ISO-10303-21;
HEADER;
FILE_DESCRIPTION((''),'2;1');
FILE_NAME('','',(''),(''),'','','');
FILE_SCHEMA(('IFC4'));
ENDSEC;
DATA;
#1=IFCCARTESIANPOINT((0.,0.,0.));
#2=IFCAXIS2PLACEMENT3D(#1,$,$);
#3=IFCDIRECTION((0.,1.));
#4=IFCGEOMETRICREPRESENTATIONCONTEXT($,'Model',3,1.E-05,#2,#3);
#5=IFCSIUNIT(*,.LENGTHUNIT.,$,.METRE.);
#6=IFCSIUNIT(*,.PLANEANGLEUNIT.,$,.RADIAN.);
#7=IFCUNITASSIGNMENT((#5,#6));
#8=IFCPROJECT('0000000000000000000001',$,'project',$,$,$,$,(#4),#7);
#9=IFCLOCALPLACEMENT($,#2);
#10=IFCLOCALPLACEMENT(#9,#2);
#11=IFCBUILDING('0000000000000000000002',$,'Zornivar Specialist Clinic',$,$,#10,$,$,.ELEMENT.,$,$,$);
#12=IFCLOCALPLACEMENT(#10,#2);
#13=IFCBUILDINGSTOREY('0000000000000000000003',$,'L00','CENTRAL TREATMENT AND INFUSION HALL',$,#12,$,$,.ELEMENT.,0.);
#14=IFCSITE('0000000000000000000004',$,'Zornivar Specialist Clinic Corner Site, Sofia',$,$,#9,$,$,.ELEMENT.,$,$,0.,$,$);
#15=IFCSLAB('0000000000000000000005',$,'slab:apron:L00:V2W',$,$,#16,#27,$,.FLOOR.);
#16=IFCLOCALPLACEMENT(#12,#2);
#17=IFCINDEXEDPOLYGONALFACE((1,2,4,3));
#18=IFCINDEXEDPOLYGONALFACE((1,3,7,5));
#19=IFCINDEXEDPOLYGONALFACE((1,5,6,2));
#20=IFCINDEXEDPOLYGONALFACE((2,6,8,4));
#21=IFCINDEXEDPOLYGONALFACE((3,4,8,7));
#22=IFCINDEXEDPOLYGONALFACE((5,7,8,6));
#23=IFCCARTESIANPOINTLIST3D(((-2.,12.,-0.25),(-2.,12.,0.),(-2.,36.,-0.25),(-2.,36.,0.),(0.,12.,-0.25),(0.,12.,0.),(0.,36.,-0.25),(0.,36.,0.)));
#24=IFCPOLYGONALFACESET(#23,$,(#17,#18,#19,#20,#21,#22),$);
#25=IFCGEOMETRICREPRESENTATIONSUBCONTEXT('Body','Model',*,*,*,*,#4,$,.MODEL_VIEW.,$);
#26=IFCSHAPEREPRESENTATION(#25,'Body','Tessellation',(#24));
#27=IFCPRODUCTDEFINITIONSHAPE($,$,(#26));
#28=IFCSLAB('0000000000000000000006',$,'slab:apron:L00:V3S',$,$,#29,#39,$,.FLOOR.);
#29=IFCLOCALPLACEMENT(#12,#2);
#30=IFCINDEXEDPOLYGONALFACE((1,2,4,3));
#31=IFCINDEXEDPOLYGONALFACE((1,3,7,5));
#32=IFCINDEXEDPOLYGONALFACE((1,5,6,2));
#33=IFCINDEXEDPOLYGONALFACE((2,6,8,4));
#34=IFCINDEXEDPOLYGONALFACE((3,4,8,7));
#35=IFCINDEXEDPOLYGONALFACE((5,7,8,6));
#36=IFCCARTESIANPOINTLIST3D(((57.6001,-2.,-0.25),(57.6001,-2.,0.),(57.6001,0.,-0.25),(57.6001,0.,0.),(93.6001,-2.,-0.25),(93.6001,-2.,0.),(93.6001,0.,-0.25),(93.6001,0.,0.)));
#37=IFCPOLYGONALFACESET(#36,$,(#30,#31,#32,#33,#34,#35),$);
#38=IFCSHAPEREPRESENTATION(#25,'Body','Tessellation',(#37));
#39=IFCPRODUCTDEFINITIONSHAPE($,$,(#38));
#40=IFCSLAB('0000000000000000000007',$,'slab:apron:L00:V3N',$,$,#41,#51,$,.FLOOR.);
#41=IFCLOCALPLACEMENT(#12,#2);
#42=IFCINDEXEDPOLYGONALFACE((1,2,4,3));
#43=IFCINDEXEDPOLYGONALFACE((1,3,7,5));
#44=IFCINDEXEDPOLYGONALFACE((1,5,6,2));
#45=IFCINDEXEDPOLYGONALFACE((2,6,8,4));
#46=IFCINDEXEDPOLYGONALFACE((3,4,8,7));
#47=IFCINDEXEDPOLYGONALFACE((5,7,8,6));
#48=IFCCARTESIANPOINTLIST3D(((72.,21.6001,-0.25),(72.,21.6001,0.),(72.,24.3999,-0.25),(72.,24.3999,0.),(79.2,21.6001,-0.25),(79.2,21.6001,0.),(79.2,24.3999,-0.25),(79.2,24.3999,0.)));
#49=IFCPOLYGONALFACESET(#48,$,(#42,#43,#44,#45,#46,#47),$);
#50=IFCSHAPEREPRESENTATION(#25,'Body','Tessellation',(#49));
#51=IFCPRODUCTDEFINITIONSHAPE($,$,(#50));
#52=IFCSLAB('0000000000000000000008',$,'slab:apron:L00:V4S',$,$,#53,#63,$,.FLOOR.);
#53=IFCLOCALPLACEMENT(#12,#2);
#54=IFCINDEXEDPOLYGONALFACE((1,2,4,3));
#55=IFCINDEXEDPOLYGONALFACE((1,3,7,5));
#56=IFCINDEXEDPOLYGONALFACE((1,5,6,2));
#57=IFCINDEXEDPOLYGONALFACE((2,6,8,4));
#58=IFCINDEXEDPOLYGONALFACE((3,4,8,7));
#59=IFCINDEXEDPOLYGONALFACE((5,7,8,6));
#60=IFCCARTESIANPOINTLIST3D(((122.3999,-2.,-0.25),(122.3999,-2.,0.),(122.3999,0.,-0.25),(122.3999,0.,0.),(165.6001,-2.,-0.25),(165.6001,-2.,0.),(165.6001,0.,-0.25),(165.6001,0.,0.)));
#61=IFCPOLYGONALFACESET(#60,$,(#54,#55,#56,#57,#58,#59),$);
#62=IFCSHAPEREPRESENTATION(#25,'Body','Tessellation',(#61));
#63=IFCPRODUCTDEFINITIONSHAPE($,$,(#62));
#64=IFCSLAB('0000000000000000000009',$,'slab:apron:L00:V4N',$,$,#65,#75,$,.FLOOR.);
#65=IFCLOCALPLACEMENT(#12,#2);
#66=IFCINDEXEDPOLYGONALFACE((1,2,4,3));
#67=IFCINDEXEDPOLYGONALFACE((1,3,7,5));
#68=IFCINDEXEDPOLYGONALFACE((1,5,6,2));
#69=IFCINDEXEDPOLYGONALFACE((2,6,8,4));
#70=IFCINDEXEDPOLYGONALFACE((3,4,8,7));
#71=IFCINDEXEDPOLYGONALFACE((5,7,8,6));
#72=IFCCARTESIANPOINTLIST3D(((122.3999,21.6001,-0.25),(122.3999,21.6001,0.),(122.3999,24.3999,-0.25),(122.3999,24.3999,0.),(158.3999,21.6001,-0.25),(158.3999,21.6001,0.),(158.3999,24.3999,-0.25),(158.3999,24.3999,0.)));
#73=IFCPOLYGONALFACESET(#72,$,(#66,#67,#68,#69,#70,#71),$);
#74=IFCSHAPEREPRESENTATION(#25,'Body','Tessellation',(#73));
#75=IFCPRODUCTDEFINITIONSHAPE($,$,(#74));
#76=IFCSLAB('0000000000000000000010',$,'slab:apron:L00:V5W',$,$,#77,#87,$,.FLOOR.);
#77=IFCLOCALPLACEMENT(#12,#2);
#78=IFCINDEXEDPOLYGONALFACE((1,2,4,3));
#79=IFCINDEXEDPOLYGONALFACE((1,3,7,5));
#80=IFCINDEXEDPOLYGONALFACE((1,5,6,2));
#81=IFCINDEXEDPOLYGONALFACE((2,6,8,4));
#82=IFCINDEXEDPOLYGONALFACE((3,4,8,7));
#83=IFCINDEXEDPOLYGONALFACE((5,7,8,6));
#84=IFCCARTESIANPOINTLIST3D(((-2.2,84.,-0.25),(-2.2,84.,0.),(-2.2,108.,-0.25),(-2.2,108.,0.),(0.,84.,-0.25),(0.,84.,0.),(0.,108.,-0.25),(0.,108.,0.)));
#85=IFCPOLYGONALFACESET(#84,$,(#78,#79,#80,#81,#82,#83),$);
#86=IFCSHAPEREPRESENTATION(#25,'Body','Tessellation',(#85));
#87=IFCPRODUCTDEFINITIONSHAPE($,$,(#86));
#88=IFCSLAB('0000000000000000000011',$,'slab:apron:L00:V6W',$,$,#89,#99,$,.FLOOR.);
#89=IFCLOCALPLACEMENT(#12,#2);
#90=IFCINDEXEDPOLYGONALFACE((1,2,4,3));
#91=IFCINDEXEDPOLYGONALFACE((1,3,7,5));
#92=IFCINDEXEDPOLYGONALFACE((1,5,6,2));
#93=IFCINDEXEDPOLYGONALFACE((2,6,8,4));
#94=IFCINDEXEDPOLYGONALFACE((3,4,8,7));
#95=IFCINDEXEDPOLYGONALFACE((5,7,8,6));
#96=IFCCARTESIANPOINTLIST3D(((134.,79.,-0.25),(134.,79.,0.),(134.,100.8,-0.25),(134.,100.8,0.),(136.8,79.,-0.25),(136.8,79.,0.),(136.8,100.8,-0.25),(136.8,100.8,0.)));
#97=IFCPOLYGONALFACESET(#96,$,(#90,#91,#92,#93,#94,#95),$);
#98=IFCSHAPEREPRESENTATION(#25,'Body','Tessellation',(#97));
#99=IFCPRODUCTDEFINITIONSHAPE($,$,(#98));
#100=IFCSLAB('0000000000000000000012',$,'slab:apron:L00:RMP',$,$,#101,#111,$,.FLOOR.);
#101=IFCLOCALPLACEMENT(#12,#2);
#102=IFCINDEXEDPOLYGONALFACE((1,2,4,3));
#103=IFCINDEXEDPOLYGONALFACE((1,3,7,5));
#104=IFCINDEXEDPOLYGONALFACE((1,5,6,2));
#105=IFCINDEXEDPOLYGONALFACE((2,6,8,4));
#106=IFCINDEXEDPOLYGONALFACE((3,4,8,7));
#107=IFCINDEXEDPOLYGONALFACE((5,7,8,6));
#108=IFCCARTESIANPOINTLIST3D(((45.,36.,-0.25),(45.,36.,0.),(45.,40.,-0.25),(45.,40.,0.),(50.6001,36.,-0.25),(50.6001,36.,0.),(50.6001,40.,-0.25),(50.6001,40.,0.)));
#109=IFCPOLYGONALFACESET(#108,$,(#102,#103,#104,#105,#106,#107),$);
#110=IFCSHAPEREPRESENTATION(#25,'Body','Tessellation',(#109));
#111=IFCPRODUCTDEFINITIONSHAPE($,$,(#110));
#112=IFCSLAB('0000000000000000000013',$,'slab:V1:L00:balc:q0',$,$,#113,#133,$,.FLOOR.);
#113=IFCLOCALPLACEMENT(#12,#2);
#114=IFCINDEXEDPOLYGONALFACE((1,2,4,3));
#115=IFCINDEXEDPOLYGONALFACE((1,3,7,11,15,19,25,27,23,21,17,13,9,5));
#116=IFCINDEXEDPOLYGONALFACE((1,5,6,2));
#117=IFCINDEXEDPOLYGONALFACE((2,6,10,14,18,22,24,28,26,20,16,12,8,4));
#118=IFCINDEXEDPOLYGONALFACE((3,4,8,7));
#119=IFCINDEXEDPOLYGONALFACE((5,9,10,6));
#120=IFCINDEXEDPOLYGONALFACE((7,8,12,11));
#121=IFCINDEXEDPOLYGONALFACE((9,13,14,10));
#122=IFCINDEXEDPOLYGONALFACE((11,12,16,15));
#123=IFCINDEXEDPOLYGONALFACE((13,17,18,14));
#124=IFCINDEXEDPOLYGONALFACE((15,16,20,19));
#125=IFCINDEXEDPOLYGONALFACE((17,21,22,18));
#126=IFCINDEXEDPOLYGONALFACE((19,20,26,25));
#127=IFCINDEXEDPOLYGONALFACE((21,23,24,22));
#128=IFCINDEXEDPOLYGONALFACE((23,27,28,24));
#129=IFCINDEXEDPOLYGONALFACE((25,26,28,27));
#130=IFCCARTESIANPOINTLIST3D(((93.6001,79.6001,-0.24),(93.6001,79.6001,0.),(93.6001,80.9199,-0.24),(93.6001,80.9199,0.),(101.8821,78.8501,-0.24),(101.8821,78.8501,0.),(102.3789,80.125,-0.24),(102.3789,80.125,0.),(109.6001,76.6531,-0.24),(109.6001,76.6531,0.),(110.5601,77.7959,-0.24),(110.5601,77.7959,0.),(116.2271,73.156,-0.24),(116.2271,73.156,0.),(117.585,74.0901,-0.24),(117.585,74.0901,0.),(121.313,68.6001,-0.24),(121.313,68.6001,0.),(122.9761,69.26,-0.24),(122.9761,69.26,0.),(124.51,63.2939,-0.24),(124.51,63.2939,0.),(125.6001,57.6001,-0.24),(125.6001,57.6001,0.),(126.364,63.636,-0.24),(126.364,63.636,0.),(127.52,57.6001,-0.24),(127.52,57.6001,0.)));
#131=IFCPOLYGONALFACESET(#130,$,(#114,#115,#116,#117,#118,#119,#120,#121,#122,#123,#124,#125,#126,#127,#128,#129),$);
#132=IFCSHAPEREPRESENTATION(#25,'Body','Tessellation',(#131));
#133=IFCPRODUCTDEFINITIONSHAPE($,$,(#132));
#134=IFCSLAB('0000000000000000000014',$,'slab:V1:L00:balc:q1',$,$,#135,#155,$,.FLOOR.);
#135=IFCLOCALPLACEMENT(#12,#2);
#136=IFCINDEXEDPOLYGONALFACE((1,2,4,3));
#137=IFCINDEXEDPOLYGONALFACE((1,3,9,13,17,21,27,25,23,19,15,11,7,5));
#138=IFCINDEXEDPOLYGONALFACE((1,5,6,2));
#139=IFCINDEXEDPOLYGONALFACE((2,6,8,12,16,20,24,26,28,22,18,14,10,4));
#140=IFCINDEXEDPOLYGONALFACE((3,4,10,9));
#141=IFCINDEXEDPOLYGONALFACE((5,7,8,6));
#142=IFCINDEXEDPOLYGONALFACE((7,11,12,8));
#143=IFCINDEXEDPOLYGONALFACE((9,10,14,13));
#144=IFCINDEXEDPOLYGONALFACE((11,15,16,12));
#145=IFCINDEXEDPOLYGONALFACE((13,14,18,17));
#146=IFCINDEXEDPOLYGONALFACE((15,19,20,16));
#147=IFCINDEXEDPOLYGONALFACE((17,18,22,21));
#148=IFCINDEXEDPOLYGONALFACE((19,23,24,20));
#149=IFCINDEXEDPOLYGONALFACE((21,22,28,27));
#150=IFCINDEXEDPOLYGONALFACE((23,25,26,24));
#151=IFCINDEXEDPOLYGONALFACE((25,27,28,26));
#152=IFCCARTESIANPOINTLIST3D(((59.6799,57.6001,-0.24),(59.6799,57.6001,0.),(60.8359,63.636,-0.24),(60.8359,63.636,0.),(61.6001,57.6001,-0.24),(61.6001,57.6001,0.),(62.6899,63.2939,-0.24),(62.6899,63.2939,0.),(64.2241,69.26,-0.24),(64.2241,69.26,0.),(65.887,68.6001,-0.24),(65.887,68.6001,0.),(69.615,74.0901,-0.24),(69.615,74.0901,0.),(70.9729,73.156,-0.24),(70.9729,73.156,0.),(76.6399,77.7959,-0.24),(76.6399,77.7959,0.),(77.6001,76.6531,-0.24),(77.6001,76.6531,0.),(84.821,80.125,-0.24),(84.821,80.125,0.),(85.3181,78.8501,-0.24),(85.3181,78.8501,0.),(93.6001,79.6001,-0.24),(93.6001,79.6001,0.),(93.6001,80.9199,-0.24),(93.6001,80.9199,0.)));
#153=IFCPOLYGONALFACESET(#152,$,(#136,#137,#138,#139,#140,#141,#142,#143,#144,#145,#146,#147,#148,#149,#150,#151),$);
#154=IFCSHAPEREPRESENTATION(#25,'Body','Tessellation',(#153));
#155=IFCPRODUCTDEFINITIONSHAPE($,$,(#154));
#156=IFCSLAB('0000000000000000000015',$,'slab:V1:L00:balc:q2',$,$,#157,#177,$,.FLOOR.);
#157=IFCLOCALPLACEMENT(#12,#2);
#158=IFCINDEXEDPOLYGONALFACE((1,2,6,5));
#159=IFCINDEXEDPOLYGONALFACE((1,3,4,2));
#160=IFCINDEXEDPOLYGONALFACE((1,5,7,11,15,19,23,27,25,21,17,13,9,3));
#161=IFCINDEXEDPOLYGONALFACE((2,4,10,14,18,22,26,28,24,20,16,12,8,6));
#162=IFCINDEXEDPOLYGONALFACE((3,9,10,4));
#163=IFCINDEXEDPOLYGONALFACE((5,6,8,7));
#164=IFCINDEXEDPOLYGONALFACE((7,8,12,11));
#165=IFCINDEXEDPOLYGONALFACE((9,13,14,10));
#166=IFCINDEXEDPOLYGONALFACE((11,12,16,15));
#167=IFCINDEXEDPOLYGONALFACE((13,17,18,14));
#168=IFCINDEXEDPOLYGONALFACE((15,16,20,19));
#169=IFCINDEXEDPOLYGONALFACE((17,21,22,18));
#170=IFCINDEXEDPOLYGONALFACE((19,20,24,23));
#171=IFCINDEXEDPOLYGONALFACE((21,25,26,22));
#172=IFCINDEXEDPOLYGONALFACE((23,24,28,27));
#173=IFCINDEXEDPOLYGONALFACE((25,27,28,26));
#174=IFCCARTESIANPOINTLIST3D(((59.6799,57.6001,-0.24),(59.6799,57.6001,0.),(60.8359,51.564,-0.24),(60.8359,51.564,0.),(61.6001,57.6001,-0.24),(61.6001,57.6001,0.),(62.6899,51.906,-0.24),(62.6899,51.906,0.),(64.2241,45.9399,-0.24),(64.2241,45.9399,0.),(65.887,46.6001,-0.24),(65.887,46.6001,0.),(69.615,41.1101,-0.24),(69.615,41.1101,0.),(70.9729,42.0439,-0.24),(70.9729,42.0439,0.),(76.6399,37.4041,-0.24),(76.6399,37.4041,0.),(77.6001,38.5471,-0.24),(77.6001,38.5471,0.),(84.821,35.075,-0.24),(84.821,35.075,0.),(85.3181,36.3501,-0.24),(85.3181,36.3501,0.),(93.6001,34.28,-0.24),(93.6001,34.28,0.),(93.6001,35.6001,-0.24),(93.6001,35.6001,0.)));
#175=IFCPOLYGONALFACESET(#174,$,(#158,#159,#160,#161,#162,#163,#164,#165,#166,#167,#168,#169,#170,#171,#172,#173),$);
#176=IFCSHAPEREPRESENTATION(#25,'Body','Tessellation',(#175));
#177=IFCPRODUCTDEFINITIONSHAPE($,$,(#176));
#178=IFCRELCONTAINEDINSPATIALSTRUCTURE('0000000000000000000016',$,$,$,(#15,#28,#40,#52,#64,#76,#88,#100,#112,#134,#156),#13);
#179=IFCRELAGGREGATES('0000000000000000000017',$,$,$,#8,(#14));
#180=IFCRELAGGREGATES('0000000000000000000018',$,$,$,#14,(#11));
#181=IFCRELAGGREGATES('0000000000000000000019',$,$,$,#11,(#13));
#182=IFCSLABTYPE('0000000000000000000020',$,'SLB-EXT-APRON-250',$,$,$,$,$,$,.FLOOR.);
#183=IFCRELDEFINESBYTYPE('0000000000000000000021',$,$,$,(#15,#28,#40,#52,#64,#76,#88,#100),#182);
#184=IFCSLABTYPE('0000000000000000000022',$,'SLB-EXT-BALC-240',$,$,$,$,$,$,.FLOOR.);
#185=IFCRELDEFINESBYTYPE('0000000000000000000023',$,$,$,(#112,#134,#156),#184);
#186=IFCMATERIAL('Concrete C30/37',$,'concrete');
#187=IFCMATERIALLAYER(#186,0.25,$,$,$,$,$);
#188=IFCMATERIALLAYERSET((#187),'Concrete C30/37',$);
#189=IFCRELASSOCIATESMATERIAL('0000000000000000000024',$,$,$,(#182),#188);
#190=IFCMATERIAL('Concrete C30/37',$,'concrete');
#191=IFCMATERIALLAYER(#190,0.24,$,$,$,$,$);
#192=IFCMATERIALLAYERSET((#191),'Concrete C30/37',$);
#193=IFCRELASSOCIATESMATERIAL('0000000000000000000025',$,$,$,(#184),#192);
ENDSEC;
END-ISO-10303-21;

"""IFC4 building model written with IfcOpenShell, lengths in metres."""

from ifc_helpers import new_model, si_unit, direction, frame, origin, place, context, subcontext, project, spatial, polyline, outline, extrude, material, layer, layer_set, type_object, element, save


model = new_model("IFC4")

# Units and contexts
model_context = context("Model", 3, precision=1e-05, world=origin(), true_north=direction((0.0, 1.0)))
body_context = subcontext(model_context, "Body", "Model", "MODEL_VIEW")
ifc_project = project(units=[si_unit("LENGTHUNIT", "METRE"), si_unit("PLANEANGLEUNIT", "RADIAN")], contexts=[model_context])

# Site, building, storey
site_placement = place(None, origin())
site = spatial("IfcSite", under=ifc_project, at=site_placement, Name="Zornivar Specialist Clinic Corner Site, Sofia", CompositionType="ELEMENT", RefElevation=0.0)
building_placement = place(site_placement, origin())
building = spatial("IfcBuilding", under=site, at=building_placement, Name="Zornivar Specialist Clinic", CompositionType="ELEMENT")
storey_placement = place(building_placement, origin())
storey = spatial("IfcBuildingStorey", under=building, at=storey_placement, Name="L00", Description="CENTRAL TREATMENT AND INFUSION HALL", CompositionType="ELEMENT", Elevation=0.0)

# Slabs
ifc_material_1 = material(Name="Concrete C30/37", Category="concrete")
ifc_layer_1 = layer(ifc_material_1, 0.25)
ifc_layer_set_1 = layer_set([ifc_layer_1], Name="Concrete C30/37")
slab_type_1 = type_object("IfcSlabType", Name="SLB-EXT-APRON-250", PredefinedType="FLOOR", material=ifc_layer_set_1)
slab_1_placement = place(storey_placement, frame((0.0, 0.0, -0.25)))
element("IfcSlab", 1, at=slab_1_placement, inside=storey, type_object=slab_type_1, Name="slab:apron:L00:V2W", PredefinedType="FLOOR", context=body_context, shape_type="SweptSolid", body=[
    extrude(outline(polyline([(-2.0, 12.0), (0.0, 12.0), (0.0, 36.0), (-2.0, 36.0), (-2.0, 12.0)])), origin(), (0.0, 0.0, 1.0), 0.25),
])
slab_2_placement = place(storey_placement, frame((0.0, 0.0, -0.25)))
element("IfcSlab", 2, at=slab_2_placement, inside=storey, type_object=slab_type_1, Name="slab:apron:L00:V3S", PredefinedType="FLOOR", context=body_context, shape_type="SweptSolid", body=[
    extrude(outline(polyline([(57.6001, -2.0), (93.6001, -2.0), (93.6001, 0.0), (57.6001, 0.0), (57.6001, -2.0)])), origin(), (0.0, 0.0, 1.0), 0.25),
])
slab_3_placement = place(storey_placement, frame((0.0, 0.0, -0.25)))
element("IfcSlab", 3, at=slab_3_placement, inside=storey, type_object=slab_type_1, Name="slab:apron:L00:V3N", PredefinedType="FLOOR", context=body_context, shape_type="SweptSolid", body=[
    extrude(outline(polyline([(72.0, 21.6001), (79.2, 21.6001), (79.2, 24.3999), (72.0, 24.3999), (72.0, 21.6001)])), origin(), (0.0, 0.0, 1.0), 0.25),
])
slab_4_placement = place(storey_placement, frame((0.0, 0.0, -0.25)))
element("IfcSlab", 4, at=slab_4_placement, inside=storey, type_object=slab_type_1, Name="slab:apron:L00:V4S", PredefinedType="FLOOR", context=body_context, shape_type="SweptSolid", body=[
    extrude(outline(polyline([(122.3999, -2.0), (165.6001, -2.0), (165.6001, 0.0), (122.3999, 0.0), (122.3999, -2.0)])), origin(), (0.0, 0.0, 1.0), 0.25),
])
slab_5_placement = place(storey_placement, frame((0.0, 0.0, -0.25)))
element("IfcSlab", 5, at=slab_5_placement, inside=storey, type_object=slab_type_1, Name="slab:apron:L00:V4N", PredefinedType="FLOOR", context=body_context, shape_type="SweptSolid", body=[
    extrude(outline(polyline([(122.3999, 21.6001), (158.3999, 21.6001), (158.3999, 24.3999), (122.3999, 24.3999), (122.3999, 21.6001)])), origin(), (0.0, 0.0, 1.0), 0.25),
])
slab_6_placement = place(storey_placement, frame((0.0, 0.0, -0.25)))
element("IfcSlab", 6, at=slab_6_placement, inside=storey, type_object=slab_type_1, Name="slab:apron:L00:V5W", PredefinedType="FLOOR", context=body_context, shape_type="SweptSolid", body=[
    extrude(outline(polyline([(-2.2, 84.0), (0.0, 84.0), (0.0, 108.0), (-2.2, 108.0), (-2.2, 84.0)])), origin(), (0.0, 0.0, 1.0), 0.25),
])
slab_7_placement = place(storey_placement, frame((0.0, 0.0, -0.25)))
element("IfcSlab", 7, at=slab_7_placement, inside=storey, type_object=slab_type_1, Name="slab:apron:L00:V6W", PredefinedType="FLOOR", context=body_context, shape_type="SweptSolid", body=[
    extrude(outline(polyline([(134.0, 79.0), (136.8, 79.0), (136.8, 100.8), (134.0, 100.8), (134.0, 79.0)])), origin(), (0.0, 0.0, 1.0), 0.25),
])
slab_8_placement = place(storey_placement, frame((0.0, 0.0, -0.25)))
element("IfcSlab", 8, at=slab_8_placement, inside=storey, type_object=slab_type_1, Name="slab:apron:L00:RMP", PredefinedType="FLOOR", context=body_context, shape_type="SweptSolid", body=[
    extrude(outline(polyline([(45.0, 36.0), (50.6001, 36.0), (50.6001, 40.0), (45.0, 40.0), (45.0, 36.0)])), origin(), (0.0, 0.0, 1.0), 0.25),
])
ifc_material_2 = material(Name="Concrete C30/37", Category="concrete")
ifc_layer_2 = layer(ifc_material_2, 0.24)
ifc_layer_set_2 = layer_set([ifc_layer_2], Name="Concrete C30/37")
slab_type_2 = type_object("IfcSlabType", Name="SLB-EXT-BALC-240", PredefinedType="FLOOR", material=ifc_layer_set_2)
slab_9_placement = place(storey_placement, frame((0.0, 0.0, -0.24)))
element("IfcSlab", 9, at=slab_9_placement, inside=storey, type_object=slab_type_2, Name="slab:V1:L00:balc:q0", PredefinedType="FLOOR", context=body_context, shape_type="SweptSolid", body=[
    extrude(outline(polyline([(125.6001, 57.6001), (124.51, 63.2939), (121.313, 68.6001), (116.2271, 73.156), (109.6001, 76.6531), (101.8821, 78.8501), (93.6001, 79.6001), (93.6001, 80.9199), (102.3789, 80.125), (110.5601, 77.7959), (117.585, 74.0901), (122.9761, 69.26), (126.364, 63.636), (127.52, 57.6001), (125.6001, 57.6001)])), origin(), (0.0, 0.0, 1.0), 0.24),
])
slab_10_placement = place(storey_placement, frame((0.0, 0.0, -0.24)))
element("IfcSlab", 10, at=slab_10_placement, inside=storey, type_object=slab_type_2, Name="slab:V1:L00:balc:q1", PredefinedType="FLOOR", context=body_context, shape_type="SweptSolid", body=[
    extrude(outline(polyline([(93.6001, 79.6001), (85.3181, 78.8501), (77.6001, 76.6531), (70.9729, 73.156), (65.887, 68.6001), (62.6899, 63.2939), (61.6001, 57.6001), (59.6799, 57.6001), (60.8359, 63.636), (64.2241, 69.26), (69.615, 74.0901), (76.6399, 77.7959), (84.821, 80.125), (93.6001, 80.9199), (93.6001, 79.6001)])), origin(), (0.0, 0.0, 1.0), 0.24),
])
slab_11_placement = place(storey_placement, frame((0.0, 0.0, -0.24)))
element("IfcSlab", 11, at=slab_11_placement, inside=storey, type_object=slab_type_2, Name="slab:V1:L00:balc:q2", PredefinedType="FLOOR", context=body_context, shape_type="SweptSolid", body=[
    extrude(outline(polyline([(61.6001, 57.6001), (62.6899, 51.906), (65.887, 46.6001), (70.9729, 42.0439), (77.6001, 38.5471), (85.3181, 36.3501), (93.6001, 35.6001), (93.6001, 34.28), (84.821, 35.075), (76.6399, 37.4041), (69.615, 41.1101), (64.2241, 45.9399), (60.8359, 51.564), (59.6799, 57.6001), (61.6001, 57.6001)])), origin(), (0.0, 0.0, 1.0), 0.24),
])

save(model, "model.ifc")
